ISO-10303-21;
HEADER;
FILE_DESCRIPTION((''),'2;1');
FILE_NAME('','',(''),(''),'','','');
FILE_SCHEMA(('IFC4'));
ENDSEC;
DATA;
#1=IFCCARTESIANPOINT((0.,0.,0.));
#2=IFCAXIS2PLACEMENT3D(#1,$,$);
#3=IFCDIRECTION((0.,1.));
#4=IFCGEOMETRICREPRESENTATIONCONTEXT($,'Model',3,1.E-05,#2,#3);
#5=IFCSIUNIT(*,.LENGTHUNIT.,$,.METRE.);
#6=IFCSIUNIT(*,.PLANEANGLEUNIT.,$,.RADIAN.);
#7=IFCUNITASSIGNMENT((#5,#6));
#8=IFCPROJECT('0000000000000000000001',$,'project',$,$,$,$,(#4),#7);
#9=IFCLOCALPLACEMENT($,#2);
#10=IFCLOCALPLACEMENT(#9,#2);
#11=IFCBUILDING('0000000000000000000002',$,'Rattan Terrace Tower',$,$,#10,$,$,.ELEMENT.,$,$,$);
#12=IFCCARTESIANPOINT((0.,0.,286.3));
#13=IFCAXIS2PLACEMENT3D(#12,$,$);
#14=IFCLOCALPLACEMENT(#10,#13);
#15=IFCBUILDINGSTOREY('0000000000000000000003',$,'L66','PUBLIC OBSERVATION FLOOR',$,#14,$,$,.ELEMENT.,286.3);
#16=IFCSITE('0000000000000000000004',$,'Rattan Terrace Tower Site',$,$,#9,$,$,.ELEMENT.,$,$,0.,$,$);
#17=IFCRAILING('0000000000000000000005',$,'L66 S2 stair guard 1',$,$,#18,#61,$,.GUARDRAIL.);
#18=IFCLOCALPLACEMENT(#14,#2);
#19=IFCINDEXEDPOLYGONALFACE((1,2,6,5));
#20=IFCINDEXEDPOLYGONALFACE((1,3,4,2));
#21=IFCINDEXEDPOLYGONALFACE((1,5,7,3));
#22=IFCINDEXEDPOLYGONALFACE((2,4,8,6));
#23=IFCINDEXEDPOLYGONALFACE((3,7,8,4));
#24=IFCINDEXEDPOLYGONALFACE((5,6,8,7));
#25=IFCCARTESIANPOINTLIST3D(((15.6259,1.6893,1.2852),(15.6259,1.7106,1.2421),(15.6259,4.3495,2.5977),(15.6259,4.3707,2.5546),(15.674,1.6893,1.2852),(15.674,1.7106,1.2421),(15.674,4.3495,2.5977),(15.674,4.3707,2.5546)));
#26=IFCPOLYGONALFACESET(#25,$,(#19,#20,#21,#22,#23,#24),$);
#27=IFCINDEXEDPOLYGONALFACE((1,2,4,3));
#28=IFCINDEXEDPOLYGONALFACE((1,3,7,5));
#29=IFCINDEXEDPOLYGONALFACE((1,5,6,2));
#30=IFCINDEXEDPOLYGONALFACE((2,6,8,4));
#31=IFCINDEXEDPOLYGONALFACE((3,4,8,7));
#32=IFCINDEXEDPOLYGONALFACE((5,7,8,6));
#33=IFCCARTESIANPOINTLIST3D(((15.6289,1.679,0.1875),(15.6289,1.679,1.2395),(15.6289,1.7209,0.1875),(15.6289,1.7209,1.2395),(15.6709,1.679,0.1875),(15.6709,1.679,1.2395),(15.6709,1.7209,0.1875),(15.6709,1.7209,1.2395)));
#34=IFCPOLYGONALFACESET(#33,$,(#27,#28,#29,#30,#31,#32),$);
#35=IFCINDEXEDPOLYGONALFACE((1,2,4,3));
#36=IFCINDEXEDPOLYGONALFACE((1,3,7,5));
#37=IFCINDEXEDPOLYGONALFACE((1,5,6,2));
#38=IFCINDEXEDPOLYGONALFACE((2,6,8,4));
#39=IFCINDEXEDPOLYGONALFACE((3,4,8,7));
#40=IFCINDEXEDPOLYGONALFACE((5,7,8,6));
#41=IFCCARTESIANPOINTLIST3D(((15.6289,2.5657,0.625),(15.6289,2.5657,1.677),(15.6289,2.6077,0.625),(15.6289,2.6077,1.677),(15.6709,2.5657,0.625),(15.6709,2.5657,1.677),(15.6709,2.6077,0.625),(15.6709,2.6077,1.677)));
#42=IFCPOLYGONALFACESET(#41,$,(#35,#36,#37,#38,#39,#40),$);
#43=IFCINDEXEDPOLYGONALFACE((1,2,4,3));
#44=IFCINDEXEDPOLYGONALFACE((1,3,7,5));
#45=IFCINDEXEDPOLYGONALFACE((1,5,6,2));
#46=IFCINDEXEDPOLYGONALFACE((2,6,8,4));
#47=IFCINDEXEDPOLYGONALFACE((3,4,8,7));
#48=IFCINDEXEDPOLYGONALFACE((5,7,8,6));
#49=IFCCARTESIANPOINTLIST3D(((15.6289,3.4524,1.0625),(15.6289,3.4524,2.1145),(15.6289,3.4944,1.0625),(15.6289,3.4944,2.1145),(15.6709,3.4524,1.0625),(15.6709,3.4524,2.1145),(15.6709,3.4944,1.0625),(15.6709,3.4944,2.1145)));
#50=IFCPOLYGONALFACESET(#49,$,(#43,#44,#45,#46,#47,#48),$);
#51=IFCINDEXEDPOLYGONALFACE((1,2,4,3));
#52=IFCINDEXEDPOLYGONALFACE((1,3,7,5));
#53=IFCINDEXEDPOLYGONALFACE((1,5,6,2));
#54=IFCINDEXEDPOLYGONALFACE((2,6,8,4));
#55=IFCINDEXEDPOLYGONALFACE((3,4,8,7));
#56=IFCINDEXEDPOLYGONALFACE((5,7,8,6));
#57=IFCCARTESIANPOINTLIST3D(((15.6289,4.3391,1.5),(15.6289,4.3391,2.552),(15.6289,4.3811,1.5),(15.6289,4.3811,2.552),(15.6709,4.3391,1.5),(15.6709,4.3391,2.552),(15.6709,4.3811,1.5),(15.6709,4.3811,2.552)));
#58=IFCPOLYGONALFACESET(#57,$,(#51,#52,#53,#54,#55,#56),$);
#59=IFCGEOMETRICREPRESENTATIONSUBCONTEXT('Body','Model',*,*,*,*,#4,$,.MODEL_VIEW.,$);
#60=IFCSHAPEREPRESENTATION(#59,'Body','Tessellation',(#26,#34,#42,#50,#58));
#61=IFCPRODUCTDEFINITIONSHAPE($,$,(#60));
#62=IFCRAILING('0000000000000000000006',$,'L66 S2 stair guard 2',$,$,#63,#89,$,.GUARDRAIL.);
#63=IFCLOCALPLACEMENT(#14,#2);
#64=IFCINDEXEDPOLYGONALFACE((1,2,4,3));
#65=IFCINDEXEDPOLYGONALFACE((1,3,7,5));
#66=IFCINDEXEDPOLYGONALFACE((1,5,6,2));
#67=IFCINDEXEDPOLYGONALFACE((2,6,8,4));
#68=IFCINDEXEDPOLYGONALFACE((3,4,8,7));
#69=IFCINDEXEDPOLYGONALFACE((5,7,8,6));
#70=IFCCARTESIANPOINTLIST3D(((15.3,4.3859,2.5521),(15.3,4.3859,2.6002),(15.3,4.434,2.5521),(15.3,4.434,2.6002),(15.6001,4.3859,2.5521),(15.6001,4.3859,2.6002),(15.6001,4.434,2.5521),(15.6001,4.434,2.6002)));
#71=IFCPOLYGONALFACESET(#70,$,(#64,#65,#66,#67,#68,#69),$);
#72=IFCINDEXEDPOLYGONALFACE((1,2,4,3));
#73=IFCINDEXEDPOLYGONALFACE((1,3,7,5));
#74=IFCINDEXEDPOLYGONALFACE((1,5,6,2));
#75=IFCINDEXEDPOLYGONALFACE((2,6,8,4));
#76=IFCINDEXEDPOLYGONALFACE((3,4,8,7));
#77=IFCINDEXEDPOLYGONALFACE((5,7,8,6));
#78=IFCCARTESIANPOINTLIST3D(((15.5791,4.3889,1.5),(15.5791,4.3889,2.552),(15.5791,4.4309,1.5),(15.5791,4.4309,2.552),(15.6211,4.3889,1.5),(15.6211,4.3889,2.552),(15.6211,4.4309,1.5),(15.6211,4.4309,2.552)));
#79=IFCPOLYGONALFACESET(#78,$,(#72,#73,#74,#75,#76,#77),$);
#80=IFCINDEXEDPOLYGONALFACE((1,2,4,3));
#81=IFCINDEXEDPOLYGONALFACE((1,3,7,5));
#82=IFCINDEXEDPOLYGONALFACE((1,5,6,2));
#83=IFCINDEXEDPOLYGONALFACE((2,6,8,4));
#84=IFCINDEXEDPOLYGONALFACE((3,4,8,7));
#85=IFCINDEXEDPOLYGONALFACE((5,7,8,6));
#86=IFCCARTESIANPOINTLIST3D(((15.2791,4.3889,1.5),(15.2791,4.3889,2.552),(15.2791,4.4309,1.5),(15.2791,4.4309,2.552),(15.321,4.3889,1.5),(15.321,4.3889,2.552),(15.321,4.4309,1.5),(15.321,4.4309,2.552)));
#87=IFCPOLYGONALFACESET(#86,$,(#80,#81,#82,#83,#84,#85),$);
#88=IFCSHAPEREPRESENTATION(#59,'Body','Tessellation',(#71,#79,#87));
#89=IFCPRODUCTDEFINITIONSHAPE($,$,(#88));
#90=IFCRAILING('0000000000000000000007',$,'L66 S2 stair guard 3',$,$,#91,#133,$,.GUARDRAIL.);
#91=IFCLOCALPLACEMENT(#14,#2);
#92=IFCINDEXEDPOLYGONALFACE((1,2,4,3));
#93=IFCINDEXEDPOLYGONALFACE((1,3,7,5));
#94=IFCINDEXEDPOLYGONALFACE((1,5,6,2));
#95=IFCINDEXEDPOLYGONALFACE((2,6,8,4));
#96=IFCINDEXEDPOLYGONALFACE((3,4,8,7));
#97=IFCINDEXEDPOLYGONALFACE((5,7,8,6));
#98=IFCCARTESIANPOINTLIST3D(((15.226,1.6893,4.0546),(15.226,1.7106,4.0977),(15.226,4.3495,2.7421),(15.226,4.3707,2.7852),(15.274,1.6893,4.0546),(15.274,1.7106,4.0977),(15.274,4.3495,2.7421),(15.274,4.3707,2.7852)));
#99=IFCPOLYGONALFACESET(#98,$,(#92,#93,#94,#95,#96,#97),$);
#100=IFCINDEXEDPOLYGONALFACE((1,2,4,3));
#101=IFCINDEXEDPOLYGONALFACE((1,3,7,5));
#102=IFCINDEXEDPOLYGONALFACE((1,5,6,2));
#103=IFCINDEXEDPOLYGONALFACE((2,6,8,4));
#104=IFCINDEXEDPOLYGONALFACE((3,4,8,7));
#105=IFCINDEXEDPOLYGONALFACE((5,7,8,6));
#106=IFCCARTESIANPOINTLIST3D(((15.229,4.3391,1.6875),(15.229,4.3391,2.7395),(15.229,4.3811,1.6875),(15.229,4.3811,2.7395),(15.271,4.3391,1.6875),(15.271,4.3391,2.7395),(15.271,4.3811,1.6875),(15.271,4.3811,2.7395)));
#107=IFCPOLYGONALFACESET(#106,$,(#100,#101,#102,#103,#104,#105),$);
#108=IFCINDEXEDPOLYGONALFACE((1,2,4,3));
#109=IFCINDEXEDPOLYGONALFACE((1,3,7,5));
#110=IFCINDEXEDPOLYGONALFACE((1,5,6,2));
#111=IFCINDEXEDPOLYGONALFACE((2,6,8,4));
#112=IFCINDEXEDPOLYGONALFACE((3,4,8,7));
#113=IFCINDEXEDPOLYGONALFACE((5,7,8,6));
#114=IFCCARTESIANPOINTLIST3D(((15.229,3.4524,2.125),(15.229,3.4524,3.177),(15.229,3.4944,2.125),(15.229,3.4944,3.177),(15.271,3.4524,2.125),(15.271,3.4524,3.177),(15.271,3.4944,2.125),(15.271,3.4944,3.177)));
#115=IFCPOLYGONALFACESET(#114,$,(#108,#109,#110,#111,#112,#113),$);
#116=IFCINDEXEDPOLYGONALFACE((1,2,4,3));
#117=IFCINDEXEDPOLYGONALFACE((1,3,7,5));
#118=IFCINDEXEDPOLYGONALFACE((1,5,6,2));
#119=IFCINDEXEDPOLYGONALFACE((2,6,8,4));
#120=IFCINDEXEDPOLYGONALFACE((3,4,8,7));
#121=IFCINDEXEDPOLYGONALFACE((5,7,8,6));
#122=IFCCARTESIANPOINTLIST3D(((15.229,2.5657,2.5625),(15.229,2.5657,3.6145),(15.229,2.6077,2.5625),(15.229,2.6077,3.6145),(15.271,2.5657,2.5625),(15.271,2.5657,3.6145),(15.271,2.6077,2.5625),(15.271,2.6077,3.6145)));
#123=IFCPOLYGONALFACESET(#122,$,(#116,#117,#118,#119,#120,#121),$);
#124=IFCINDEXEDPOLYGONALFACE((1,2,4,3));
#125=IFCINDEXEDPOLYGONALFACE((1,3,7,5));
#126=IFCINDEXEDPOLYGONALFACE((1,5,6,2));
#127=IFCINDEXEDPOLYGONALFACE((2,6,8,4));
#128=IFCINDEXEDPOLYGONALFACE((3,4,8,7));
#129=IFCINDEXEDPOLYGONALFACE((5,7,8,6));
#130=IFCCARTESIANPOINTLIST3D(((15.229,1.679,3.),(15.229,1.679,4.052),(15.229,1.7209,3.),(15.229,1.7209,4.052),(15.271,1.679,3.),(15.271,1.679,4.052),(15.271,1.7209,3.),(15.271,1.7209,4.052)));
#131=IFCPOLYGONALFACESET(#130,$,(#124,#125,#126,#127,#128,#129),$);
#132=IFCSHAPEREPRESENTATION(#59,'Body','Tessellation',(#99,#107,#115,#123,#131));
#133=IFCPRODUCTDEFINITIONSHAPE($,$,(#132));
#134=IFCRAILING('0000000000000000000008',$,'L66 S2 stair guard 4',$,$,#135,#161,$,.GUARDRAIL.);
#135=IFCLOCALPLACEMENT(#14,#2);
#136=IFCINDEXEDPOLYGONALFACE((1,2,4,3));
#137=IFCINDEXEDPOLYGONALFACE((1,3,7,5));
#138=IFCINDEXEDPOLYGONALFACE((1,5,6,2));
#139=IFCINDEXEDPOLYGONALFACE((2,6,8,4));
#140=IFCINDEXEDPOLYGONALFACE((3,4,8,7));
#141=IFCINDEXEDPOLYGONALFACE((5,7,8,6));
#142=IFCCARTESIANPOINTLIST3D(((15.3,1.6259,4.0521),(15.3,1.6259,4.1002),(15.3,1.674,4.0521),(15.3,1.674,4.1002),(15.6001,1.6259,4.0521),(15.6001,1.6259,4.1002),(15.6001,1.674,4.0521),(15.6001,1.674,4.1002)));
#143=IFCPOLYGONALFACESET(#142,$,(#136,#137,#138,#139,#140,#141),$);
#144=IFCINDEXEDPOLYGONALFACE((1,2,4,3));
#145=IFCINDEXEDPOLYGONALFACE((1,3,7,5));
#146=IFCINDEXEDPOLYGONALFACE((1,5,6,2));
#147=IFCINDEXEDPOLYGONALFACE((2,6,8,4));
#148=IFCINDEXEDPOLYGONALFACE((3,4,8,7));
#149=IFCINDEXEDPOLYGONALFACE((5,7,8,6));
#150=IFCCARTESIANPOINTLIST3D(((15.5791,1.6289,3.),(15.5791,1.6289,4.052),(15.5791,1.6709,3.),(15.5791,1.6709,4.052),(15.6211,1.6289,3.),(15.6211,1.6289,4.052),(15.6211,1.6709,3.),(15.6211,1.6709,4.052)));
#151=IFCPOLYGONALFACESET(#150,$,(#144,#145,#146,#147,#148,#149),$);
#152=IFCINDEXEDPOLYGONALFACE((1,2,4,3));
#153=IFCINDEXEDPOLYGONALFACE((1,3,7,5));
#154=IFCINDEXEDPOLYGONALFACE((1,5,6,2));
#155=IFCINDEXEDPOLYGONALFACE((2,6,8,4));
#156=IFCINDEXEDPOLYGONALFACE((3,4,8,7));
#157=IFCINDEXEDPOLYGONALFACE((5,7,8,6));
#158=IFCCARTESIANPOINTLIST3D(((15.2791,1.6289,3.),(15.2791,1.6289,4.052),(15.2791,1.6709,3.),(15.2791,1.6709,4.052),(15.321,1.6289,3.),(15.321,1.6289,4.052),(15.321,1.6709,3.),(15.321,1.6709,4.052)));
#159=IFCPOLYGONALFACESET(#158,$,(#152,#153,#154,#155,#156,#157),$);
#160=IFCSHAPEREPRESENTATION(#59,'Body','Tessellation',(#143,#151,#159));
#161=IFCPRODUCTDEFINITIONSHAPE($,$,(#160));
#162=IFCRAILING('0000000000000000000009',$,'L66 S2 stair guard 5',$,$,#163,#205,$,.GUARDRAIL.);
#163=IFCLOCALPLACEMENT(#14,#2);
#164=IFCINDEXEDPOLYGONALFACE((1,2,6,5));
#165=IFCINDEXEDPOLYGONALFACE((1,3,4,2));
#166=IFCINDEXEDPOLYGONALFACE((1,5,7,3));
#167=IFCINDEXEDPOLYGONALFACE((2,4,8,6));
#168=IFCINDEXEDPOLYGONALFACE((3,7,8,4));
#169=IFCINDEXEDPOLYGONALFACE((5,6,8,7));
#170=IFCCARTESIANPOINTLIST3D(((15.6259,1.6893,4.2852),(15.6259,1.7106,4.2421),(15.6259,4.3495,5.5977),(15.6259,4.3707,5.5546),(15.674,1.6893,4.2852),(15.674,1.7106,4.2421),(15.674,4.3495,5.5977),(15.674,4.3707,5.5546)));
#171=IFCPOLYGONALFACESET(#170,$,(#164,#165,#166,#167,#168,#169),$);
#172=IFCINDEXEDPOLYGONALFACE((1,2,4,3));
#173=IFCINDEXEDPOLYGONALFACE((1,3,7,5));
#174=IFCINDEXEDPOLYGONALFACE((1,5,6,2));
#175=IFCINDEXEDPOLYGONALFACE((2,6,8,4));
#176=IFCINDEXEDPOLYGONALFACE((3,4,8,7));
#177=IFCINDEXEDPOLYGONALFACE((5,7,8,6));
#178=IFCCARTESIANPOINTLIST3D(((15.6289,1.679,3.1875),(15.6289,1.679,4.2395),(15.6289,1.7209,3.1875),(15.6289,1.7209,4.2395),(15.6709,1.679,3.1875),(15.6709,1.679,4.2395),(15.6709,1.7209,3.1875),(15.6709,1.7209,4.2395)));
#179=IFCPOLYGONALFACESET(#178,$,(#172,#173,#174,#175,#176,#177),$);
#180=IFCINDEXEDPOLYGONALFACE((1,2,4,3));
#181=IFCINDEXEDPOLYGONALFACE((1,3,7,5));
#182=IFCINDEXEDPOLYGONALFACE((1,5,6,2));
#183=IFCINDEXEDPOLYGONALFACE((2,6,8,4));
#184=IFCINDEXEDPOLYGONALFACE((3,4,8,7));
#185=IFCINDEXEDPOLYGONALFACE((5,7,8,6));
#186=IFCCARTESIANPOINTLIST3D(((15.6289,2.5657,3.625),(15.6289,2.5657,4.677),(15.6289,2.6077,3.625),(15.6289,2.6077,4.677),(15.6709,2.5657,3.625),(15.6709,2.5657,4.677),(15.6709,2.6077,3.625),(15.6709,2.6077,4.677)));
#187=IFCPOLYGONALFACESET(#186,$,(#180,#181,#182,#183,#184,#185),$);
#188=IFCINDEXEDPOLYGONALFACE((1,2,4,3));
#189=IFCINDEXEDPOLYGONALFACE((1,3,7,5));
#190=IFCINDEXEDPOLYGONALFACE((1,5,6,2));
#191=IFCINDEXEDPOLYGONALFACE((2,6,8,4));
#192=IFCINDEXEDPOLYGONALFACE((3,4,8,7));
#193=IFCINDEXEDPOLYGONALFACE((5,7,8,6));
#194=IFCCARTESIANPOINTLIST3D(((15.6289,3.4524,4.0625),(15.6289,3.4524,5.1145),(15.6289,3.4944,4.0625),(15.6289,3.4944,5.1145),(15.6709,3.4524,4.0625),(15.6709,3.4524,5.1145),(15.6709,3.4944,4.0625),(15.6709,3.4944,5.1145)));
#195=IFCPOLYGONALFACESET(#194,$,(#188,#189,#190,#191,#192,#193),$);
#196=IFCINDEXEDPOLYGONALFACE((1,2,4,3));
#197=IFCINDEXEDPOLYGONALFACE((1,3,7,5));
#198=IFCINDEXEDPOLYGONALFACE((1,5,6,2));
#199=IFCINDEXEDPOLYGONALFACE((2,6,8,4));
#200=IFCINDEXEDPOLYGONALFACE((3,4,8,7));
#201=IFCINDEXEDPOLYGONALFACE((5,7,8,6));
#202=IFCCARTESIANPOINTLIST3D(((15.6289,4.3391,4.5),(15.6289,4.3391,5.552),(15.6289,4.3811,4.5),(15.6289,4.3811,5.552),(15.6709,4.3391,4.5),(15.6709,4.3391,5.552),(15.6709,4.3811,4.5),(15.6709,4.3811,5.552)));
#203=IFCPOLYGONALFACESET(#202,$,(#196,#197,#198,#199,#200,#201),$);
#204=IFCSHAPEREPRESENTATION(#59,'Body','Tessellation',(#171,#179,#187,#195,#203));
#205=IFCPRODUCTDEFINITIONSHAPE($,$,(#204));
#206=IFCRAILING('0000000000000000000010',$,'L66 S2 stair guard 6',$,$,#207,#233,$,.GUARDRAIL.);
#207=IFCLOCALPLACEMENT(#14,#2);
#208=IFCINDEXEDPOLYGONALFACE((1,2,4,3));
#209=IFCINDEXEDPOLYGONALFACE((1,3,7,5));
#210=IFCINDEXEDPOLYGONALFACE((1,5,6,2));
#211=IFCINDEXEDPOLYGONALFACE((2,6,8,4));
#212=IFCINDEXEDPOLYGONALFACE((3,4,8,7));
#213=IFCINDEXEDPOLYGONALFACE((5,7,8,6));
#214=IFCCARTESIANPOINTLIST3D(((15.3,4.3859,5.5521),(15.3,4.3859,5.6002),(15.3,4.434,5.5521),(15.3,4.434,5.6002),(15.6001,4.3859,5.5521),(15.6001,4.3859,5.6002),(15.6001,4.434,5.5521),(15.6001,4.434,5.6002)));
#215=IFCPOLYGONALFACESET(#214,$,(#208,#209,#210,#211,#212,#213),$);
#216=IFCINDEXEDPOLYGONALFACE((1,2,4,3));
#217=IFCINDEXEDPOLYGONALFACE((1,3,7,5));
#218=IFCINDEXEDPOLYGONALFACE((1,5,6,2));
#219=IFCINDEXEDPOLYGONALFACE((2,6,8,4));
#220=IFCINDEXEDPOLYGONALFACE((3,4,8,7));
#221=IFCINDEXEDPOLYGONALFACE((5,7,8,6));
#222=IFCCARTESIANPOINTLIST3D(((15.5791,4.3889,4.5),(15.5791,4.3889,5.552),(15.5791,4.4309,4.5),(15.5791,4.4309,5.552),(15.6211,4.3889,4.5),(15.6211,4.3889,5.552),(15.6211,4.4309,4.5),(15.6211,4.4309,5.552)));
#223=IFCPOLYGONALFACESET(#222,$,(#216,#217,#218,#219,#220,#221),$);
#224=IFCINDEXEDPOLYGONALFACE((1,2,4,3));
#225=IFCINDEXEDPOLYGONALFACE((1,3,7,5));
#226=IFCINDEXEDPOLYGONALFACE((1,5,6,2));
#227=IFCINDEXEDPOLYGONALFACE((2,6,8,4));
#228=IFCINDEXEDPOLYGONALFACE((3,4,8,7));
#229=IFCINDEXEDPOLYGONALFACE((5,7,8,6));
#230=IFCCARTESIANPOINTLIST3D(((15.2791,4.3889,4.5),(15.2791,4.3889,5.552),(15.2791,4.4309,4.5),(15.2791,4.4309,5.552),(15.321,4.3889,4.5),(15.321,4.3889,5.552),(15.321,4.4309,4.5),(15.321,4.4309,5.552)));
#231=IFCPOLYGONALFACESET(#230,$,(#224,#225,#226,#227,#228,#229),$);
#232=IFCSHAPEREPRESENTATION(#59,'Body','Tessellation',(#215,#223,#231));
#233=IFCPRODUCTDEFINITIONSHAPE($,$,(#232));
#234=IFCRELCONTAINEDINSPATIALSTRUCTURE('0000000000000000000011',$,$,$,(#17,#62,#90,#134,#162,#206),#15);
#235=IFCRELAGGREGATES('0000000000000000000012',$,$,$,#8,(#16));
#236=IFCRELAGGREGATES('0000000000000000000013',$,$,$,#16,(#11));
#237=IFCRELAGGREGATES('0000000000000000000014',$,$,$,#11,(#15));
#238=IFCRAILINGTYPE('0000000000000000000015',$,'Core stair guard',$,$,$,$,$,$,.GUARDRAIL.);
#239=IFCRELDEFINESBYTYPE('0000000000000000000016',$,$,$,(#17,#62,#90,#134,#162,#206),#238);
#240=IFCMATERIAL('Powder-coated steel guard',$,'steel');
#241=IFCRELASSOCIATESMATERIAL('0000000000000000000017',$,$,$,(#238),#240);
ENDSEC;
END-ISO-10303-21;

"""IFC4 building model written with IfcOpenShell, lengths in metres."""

from ifc_helpers import new_model, si_unit, direction, frame, origin, origin_2d, place, context, subcontext, project, spatial, rectangle, extrude, material, type_object, element, save


model = new_model("IFC4")

# Units and contexts
model_context = context("Model", 3, precision=1e-05, world=origin(), true_north=direction((0.0, 1.0)))
body_context = subcontext(model_context, "Body", "Model", "MODEL_VIEW")
ifc_project = project(units=[si_unit("LENGTHUNIT", "METRE"), si_unit("PLANEANGLEUNIT", "RADIAN")], contexts=[model_context])

# Site, building, storey
site_placement = place(None, origin())
site = spatial("IfcSite", under=ifc_project, at=site_placement, Name="Rattan Terrace Tower Site", CompositionType="ELEMENT", RefElevation=0.0)
building_placement = place(site_placement, origin())
building = spatial("IfcBuilding", under=site, at=building_placement, Name="Rattan Terrace Tower", CompositionType="ELEMENT")
storey_placement = place(building_placement, frame((0.0, 0.0, 286.3)))
storey = spatial("IfcBuildingStorey", under=building, at=storey_placement, Name="L66", Description="PUBLIC OBSERVATION FLOOR", CompositionType="ELEMENT", Elevation=286.3)

# Railings
ifc_material_1 = material(Name="Powder-coated steel guard", Category="steel")
railing_type_1 = type_object("IfcRailingType", Name="Core stair guard", PredefinedType="GUARDRAIL", material=ifc_material_1)
railing_1_placement = place(storey_placement, frame((15.6499, 1.7, 0.1875)))
element("IfcRailing", 1, at=railing_1_placement, inside=storey, type_object=railing_type_1, Name="L66 S2 stair guard 1", PredefinedType="GUARDRAIL", context=body_context, shape_type="SweptSolid", body=[
    extrude(rectangle(XDim=0.0481, YDim=0.0481, at=origin_2d()), frame((0.0, 0.0, 1.0762), z_axis=(0.0, 0.896785, 0.442467), x_axis=(-1.0, 0.0, 0.0)), (0.0, 0.0, 1.0), 2.9663),
    extrude(rectangle(XDim=0.042, YDim=0.042, at=origin_2d()), origin(), (0.0, 0.0, 1.0), 1.052),
    extrude(rectangle(XDim=0.042, YDim=0.042, at=origin_2d()), frame((0.0, 0.8867, 0.4375)), (0.0, 0.0, 1.0), 1.052),
    extrude(rectangle(XDim=0.042, YDim=0.042, at=origin_2d()), frame((0.0, 1.7734, 0.875)), (0.0, 0.0, 1.0), 1.052),
    extrude(rectangle(XDim=0.042, YDim=0.042, at=origin_2d()), frame((0.0, 2.6602, 1.3125)), (0.0, 0.0, 1.0), 1.052),
])
railing_2_placement = place(storey_placement, frame((15.6001, 4.4099, 1.5)))
element("IfcRailing", 2, at=railing_2_placement, inside=storey, type_object=railing_type_1, Name="L66 S2 stair guard 2", PredefinedType="GUARDRAIL", context=body_context, shape_type="SweptSolid", body=[
    extrude(rectangle(XDim=0.0481, YDim=0.0481, at=origin_2d()), frame((0.0, 0.0, 1.0762), z_axis=(-1.0, 0.0, 0.0), x_axis=(0.0, -1.0, 0.0)), (0.0, 0.0, 1.0), 0.3),
    extrude(rectangle(XDim=0.042, YDim=0.042, at=origin_2d()), origin(), (0.0, 0.0, 1.0), 1.052),
    extrude(rectangle(XDim=0.042, YDim=0.042, at=origin_2d()), frame((-0.3, 0.0, 0.0)), (0.0, 0.0, 1.0), 1.052),
])
railing_3_placement = place(storey_placement, frame((15.25, 4.3601, 1.6875)))
element("IfcRailing", 3, at=railing_3_placement, inside=storey, type_object=railing_type_1, Name="L66 S2 stair guard 3", PredefinedType="GUARDRAIL", context=body_context, shape_type="SweptSolid", body=[
    extrude(rectangle(XDim=0.0481, YDim=0.0481, at=origin_2d()), frame((0.0, 0.0, 1.0762), z_axis=(0.0, -0.896785, 0.442467), x_axis=(1.0, 0.0, 0.0)), (0.0, 0.0, 1.0), 2.9663),
    extrude(rectangle(XDim=0.042, YDim=0.042, at=origin_2d()), origin(), (0.0, 0.0, 1.0), 1.052),
    extrude(rectangle(XDim=0.042, YDim=0.042, at=origin_2d()), frame((0.0, -0.8867, 0.4375)), (0.0, 0.0, 1.0), 1.052),
    extrude(rectangle(XDim=0.042, YDim=0.042, at=origin_2d()), frame((0.0, -1.7734, 0.875)), (0.0, 0.0, 1.0), 1.052),
    extrude(rectangle(XDim=0.042, YDim=0.042, at=origin_2d()), frame((0.0, -2.6602, 1.3125)), (0.0, 0.0, 1.0), 1.052),
])
railing_4_placement = place(storey_placement, frame((15.6001, 1.6499, 3.0)))
element("IfcRailing", 4, at=railing_4_placement, inside=storey, type_object=railing_type_1, Name="L66 S2 stair guard 4", PredefinedType="GUARDRAIL", context=body_context, shape_type="SweptSolid", body=[
    extrude(rectangle(XDim=0.0481, YDim=0.0481, at=origin_2d()), frame((0.0, 0.0, 1.0762), z_axis=(-1.0, 0.0, 0.0), x_axis=(0.0, -1.0, 0.0)), (0.0, 0.0, 1.0), 0.3),
    extrude(rectangle(XDim=0.042, YDim=0.042, at=origin_2d()), origin(), (0.0, 0.0, 1.0), 1.052),
    extrude(rectangle(XDim=0.042, YDim=0.042, at=origin_2d()), frame((-0.3, 0.0, 0.0)), (0.0, 0.0, 1.0), 1.052),
])
railing_5_placement = place(storey_placement, frame((15.6499, 1.7, 3.1875)))
element("IfcRailing", 5, at=railing_5_placement, inside=storey, type_object=railing_type_1, Name="L66 S2 stair guard 5", PredefinedType="GUARDRAIL", context=body_context, shape_type="SweptSolid", body=[
    extrude(rectangle(XDim=0.0481, YDim=0.0481, at=origin_2d()), frame((0.0, 0.0, 1.0762), z_axis=(0.0, 0.896785, 0.442467), x_axis=(-1.0, 0.0, 0.0)), (0.0, 0.0, 1.0), 2.9663),
    extrude(rectangle(XDim=0.042, YDim=0.042, at=origin_2d()), origin(), (0.0, 0.0, 1.0), 1.052),
    extrude(rectangle(XDim=0.042, YDim=0.042, at=origin_2d()), frame((0.0, 0.8867, 0.4375)), (0.0, 0.0, 1.0), 1.052),
    extrude(rectangle(XDim=0.042, YDim=0.042, at=origin_2d()), frame((0.0, 1.7734, 0.875)), (0.0, 0.0, 1.0), 1.052),
    extrude(rectangle(XDim=0.042, YDim=0.042, at=origin_2d()), frame((0.0, 2.6602, 1.3125)), (0.0, 0.0, 1.0), 1.052),
])
railing_6_placement = place(storey_placement, frame((15.6001, 4.4099, 4.5)))
element("IfcRailing", 6, at=railing_6_placement, inside=storey, type_object=railing_type_1, Name="L66 S2 stair guard 6", PredefinedType="GUARDRAIL", context=body_context, shape_type="SweptSolid", body=[
    extrude(rectangle(XDim=0.0481, YDim=0.0481, at=origin_2d()), frame((0.0, 0.0, 1.0762), z_axis=(-1.0, 0.0, 0.0), x_axis=(0.0, -1.0, 0.0)), (0.0, 0.0, 1.0), 0.3),
    extrude(rectangle(XDim=0.042, YDim=0.042, at=origin_2d()), origin(), (0.0, 0.0, 1.0), 1.052),
    extrude(rectangle(XDim=0.042, YDim=0.042, at=origin_2d()), frame((-0.3, 0.0, 0.0)), (0.0, 0.0, 1.0), 1.052),
])

save(model, "model.ifc")
